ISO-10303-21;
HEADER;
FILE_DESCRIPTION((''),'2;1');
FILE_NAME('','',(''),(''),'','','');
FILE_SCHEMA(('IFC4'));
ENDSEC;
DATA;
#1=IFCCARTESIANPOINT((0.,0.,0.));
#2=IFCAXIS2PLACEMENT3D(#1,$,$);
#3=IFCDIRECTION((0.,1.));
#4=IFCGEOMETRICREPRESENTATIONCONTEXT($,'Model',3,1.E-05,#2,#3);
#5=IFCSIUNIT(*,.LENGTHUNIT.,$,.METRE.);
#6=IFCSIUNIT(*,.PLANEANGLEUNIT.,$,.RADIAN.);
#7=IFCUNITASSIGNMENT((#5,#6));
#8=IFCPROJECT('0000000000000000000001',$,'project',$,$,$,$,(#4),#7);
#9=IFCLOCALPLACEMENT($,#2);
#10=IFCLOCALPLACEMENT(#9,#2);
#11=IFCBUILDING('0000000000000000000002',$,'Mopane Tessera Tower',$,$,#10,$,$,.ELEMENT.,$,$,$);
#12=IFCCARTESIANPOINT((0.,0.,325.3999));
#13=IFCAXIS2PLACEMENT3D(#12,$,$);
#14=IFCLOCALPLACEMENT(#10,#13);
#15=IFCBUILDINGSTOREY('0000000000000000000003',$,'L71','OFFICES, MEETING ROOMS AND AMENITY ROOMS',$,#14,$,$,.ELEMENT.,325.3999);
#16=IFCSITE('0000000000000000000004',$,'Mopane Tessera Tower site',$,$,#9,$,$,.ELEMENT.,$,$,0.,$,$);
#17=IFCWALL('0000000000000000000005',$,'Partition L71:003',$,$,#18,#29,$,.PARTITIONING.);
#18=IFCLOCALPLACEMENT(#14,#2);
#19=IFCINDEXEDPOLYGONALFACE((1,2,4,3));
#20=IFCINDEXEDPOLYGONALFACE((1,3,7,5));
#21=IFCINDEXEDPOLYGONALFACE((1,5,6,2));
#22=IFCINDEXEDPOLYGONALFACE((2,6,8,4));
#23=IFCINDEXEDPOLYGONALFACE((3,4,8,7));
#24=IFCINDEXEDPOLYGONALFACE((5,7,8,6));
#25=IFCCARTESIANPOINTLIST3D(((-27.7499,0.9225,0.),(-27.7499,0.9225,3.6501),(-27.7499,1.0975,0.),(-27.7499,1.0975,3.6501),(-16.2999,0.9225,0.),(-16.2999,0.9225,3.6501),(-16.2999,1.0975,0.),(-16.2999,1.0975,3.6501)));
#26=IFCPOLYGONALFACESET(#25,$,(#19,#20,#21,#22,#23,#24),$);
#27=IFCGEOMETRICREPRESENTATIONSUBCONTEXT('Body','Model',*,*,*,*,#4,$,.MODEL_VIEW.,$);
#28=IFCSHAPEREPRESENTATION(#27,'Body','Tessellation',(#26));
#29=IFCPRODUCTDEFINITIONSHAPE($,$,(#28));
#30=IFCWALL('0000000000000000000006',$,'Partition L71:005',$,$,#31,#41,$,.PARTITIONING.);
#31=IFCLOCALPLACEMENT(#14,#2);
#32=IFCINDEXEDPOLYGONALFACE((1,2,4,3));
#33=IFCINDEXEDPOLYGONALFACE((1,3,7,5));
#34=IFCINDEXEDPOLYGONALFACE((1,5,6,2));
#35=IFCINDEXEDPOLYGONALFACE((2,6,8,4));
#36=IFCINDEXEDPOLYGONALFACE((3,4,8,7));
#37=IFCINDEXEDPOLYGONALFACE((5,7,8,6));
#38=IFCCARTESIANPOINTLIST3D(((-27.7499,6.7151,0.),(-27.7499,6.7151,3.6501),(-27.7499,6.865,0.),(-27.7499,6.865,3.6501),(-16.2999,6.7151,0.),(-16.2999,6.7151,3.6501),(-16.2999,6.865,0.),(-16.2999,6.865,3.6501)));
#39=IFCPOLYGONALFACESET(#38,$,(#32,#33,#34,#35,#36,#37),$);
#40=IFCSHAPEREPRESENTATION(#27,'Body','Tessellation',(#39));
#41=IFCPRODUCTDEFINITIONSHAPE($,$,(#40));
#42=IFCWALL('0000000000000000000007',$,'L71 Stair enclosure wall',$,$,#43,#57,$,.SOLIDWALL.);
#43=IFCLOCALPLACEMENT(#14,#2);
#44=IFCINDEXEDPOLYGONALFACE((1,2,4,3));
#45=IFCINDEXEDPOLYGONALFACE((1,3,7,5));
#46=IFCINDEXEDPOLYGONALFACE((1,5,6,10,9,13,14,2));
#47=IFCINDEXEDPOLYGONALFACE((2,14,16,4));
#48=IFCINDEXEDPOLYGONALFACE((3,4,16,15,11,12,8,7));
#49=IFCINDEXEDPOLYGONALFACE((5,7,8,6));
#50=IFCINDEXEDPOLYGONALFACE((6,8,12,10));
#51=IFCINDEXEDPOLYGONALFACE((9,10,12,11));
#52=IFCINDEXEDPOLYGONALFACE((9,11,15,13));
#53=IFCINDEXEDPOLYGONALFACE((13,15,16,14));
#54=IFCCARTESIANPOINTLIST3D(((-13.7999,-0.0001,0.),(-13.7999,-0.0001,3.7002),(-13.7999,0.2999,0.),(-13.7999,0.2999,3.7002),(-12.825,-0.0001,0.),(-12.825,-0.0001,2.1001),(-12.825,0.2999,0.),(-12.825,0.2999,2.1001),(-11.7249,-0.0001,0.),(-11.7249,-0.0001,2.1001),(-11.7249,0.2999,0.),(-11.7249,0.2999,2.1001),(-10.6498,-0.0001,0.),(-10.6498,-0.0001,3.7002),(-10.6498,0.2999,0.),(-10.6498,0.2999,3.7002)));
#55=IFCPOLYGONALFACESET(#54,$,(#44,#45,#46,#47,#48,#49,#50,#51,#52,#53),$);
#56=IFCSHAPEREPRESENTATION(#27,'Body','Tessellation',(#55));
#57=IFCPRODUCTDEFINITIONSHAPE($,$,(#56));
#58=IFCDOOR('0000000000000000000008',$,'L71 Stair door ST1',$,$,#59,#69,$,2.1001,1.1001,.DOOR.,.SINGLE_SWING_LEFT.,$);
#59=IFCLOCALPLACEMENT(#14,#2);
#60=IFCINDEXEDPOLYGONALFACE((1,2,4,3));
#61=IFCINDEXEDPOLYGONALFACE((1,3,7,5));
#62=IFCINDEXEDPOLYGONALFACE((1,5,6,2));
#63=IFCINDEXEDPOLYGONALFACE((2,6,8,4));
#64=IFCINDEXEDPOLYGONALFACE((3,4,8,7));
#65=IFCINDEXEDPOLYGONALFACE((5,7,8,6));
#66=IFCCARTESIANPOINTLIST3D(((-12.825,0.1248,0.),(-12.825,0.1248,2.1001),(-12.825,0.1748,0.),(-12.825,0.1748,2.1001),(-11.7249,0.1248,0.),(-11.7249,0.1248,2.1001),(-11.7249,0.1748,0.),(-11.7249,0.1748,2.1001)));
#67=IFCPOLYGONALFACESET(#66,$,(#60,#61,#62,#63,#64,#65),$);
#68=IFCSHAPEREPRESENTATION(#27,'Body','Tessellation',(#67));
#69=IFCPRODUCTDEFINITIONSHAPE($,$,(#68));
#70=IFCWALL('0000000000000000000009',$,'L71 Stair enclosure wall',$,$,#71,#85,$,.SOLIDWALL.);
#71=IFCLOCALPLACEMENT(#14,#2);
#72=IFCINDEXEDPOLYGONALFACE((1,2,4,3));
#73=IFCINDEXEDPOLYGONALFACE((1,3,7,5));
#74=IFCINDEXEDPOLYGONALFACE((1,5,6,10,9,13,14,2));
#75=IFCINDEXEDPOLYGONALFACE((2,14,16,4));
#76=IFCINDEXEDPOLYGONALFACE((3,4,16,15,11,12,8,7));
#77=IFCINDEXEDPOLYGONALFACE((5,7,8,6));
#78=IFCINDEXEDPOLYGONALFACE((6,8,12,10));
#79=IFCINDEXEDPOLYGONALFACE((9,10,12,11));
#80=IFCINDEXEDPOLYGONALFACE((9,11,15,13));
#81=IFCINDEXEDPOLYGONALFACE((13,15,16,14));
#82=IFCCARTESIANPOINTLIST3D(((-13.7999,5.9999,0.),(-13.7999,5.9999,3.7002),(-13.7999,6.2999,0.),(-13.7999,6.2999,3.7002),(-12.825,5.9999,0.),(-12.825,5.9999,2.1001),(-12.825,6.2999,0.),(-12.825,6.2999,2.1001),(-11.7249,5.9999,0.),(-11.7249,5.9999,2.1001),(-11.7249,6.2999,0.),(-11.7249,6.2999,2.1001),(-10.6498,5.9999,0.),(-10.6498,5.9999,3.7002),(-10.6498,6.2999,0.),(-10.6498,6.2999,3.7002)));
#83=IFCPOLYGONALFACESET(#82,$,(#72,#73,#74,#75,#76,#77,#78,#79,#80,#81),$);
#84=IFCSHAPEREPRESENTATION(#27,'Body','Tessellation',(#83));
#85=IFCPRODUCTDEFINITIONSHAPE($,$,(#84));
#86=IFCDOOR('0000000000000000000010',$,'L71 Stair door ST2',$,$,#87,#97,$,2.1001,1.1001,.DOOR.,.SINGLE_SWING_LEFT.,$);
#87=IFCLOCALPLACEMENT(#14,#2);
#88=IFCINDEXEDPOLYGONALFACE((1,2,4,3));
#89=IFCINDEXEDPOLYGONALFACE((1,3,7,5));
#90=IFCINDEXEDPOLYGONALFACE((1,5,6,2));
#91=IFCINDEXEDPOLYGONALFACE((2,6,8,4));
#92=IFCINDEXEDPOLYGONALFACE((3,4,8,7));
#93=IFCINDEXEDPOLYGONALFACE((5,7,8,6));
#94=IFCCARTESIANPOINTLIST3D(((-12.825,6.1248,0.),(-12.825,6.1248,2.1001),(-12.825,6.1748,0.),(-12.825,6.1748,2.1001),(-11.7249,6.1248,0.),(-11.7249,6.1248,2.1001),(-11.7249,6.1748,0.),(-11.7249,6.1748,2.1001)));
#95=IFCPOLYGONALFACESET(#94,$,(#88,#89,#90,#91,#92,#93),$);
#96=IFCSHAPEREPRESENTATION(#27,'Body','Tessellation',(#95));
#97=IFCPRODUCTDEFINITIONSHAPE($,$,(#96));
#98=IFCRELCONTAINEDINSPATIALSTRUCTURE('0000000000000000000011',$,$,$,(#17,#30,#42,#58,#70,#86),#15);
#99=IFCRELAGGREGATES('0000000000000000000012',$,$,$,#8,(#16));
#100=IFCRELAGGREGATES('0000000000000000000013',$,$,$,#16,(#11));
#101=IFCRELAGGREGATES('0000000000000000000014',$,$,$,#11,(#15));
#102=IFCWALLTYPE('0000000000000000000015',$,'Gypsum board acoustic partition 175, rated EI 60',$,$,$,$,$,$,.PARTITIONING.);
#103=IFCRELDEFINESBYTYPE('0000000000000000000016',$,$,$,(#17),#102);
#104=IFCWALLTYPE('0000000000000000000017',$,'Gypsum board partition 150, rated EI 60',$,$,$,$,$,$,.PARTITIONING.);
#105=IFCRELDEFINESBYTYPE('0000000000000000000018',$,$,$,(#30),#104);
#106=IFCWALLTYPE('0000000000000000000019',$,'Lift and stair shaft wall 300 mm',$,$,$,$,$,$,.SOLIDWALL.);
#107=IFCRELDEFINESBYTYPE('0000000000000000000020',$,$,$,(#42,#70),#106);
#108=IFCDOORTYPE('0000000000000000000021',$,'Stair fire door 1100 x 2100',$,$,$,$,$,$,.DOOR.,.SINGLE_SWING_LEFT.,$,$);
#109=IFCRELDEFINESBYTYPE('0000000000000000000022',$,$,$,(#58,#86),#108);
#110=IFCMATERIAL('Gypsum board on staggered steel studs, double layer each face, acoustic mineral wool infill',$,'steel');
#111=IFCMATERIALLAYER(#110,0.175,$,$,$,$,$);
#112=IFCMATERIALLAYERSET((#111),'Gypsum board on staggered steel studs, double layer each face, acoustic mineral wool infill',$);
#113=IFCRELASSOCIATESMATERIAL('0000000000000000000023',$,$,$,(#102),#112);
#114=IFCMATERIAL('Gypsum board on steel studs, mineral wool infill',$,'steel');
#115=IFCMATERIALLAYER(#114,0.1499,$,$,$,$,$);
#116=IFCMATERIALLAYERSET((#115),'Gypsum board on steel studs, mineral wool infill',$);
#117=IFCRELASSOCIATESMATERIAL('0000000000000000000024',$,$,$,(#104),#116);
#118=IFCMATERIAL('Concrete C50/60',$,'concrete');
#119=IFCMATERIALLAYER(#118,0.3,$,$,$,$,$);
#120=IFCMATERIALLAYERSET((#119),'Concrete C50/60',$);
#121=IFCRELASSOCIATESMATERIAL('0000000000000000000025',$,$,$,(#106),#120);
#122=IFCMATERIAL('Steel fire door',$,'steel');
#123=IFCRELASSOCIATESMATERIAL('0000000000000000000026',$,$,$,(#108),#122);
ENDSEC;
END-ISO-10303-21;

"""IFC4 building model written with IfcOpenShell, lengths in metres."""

from ifc_helpers import new_model, si_unit, direction, frame, frame_2d, origin, place, context, subcontext, project, spatial, rectangle, extrude, material, layer, layer_set, type_object, element, fill, save


model = new_model("IFC4")

# Units and contexts
model_context = context("Model", 3, precision=1e-05, world=origin(), true_north=direction((0.0, 1.0)))
body_context = subcontext(model_context, "Body", "Model", "MODEL_VIEW")
ifc_project = project(units=[si_unit("LENGTHUNIT", "METRE"), si_unit("PLANEANGLEUNIT", "RADIAN")], contexts=[model_context])

# Site, building, storey
site_placement = place(None, origin())
site = spatial("IfcSite", under=ifc_project, at=site_placement, Name="Mopane Tessera Tower site", CompositionType="ELEMENT", RefElevation=0.0)
building_placement = place(site_placement, origin())
building = spatial("IfcBuilding", under=site, at=building_placement, Name="Mopane Tessera Tower", CompositionType="ELEMENT")
storey_placement = place(building_placement, frame((0.0, 0.0, 325.3999)))
storey = spatial("IfcBuildingStorey", under=building, at=storey_placement, Name="L71", Description="OFFICES, MEETING ROOMS AND AMENITY ROOMS", CompositionType="ELEMENT", Elevation=325.3999)

# Walls
ifc_material_1 = material(Name="Gypsum board on staggered steel studs, double layer each face, acoustic mineral wool infill", Category="steel")
ifc_layer_1 = layer(ifc_material_1, 0.175)
ifc_layer_set_1 = layer_set([ifc_layer_1], Name="Gypsum board on staggered steel studs, double layer each face, acoustic mineral wool infill")
wall_type_1 = type_object("IfcWallType", Name="Gypsum board acoustic partition 175, rated EI 60", PredefinedType="PARTITIONING", material=ifc_layer_set_1)
wall_1_placement = place(storey_placement, frame((-27.75, 1.01, 0.0), z_axis=(0.0, 0.0, 1.0), x_axis=(1.0, 0.0, 0.0)))
element("IfcWall", 1, at=wall_1_placement, inside=storey, type_object=wall_type_1, Name="Partition L71:003", PredefinedType="PARTITIONING", context=body_context, shape_type="SweptSolid", body=[
    extrude(rectangle(XDim=11.45, YDim=0.175, at=frame_2d((5.7251, 0.0))), origin(), (0.0, 0.0, 1.0), 3.6501),
])
ifc_material_2 = material(Name="Gypsum board on steel studs, mineral wool infill", Category="steel")
ifc_layer_2 = layer(ifc_material_2, 0.1499)
ifc_layer_set_2 = layer_set([ifc_layer_2], Name="Gypsum board on steel studs, mineral wool infill")
wall_type_2 = type_object("IfcWallType", Name="Gypsum board partition 150, rated EI 60", PredefinedType="PARTITIONING", material=ifc_layer_set_2)
wall_2_placement = place(storey_placement, frame((-27.75, 6.79, 0.0), z_axis=(0.0, 0.0, 1.0), x_axis=(1.0, 0.0, 0.0)))
element("IfcWall", 2, at=wall_2_placement, inside=storey, type_object=wall_type_2, Name="Partition L71:005", PredefinedType="PARTITIONING", context=body_context, shape_type="SweptSolid", body=[
    extrude(rectangle(XDim=11.45, YDim=0.1499, at=frame_2d((5.7251, 0.0))), origin(), (0.0, 0.0, 1.0), 3.6501),
])

# Walls, openings, doors
ifc_material_3 = material(Name="Concrete C50/60", Category="concrete")
ifc_layer_3 = layer(ifc_material_3, 0.3)
ifc_layer_set_3 = layer_set([ifc_layer_3], Name="Concrete C50/60")
wall_type_3 = type_object("IfcWallType", Name="Lift and stair shaft wall 300 mm", PredefinedType="SOLIDWALL", material=ifc_layer_set_3)
wall_3_placement = place(storey_placement, frame((-13.8, 0.1499, 0.0), z_axis=(0.0, 0.0, 1.0), x_axis=(1.0, 0.0, 0.0)))
wall_3 = element("IfcWall", 3, at=wall_3_placement, inside=storey, type_object=wall_type_3, Name="L71 Stair enclosure wall", PredefinedType="SOLIDWALL", context=body_context, shape_type="SweptSolid", body=[
    extrude(rectangle(XDim=3.1501, YDim=0.3, at=frame_2d((1.5752, 0.0))), origin(), (0.0, 0.0, 1.0), 3.7002),
])
opening_1_placement = place(wall_3_placement, frame((0.9751, 0.0, 0.0)))
opening_1 = element("IfcOpeningElement", 4, at=opening_1_placement, cuts=wall_3, PredefinedType="OPENING", context=body_context, shape_type="SweptSolid", body=[
    extrude(rectangle(XDim=1.1001, YDim=2.1001, at=frame_2d((0.55, 1.05))), frame((0.0, 0.1621, 0.0), z_axis=(0.0, -1.0, 0.0), x_axis=(1.0, 0.0, 0.0)), (0.0, 0.0, 1.0), 0.324),
])
ifc_material_4 = material(Name="Steel fire door", Category="steel")
door_type_1 = type_object("IfcDoorType", Name="Stair fire door 1100 x 2100", OperationType="SINGLE_SWING_LEFT", PredefinedType="DOOR", material=ifc_material_4)
door_1_placement = place(opening_1_placement, origin())
door_1 = element("IfcDoor", 5, at=door_1_placement, inside=storey, type_object=door_type_1, Name="L71 Stair door ST1", OperationType="SINGLE_SWING_LEFT", OverallHeight=2.1001, OverallWidth=1.1001, PredefinedType="DOOR", context=body_context, shape_type="SweptSolid", body=[
    extrude(rectangle(XDim=1.1001, YDim=2.1001, at=frame_2d((0.55, 1.05))), frame((0.0, 0.0249, 0.0), z_axis=(0.0, -1.0, 0.0), x_axis=(1.0, 0.0, 0.0)), (0.0, 0.0, 1.0), 0.05),
])
fill(opening_1, door_1)
wall_4_placement = place(storey_placement, frame((-13.8, 6.1499, 0.0), z_axis=(0.0, 0.0, 1.0), x_axis=(1.0, 0.0, 0.0)))
wall_4 = element("IfcWall", 6, at=wall_4_placement, inside=storey, type_object=wall_type_3, Name="L71 Stair enclosure wall", PredefinedType="SOLIDWALL", context=body_context, shape_type="SweptSolid", body=[
    extrude(rectangle(XDim=3.1501, YDim=0.3, at=frame_2d((1.5752, 0.0))), origin(), (0.0, 0.0, 1.0), 3.7002),
])
opening_2_placement = place(wall_4_placement, frame((0.9751, 0.0, 0.0)))
opening_2 = element("IfcOpeningElement", 7, at=opening_2_placement, cuts=wall_4, PredefinedType="OPENING", context=body_context, shape_type="SweptSolid", body=[
    extrude(rectangle(XDim=1.1001, YDim=2.1001, at=frame_2d((0.55, 1.05))), frame((0.0, 0.1621, 0.0), z_axis=(0.0, -1.0, 0.0), x_axis=(1.0, 0.0, 0.0)), (0.0, 0.0, 1.0), 0.324),
])
door_2_placement = place(opening_2_placement, origin())
door_2 = element("IfcDoor", 8, at=door_2_placement, inside=storey, type_object=door_type_1, Name="L71 Stair door ST2", OperationType="SINGLE_SWING_LEFT", OverallHeight=2.1001, OverallWidth=1.1001, PredefinedType="DOOR", context=body_context, shape_type="SweptSolid", body=[
    extrude(rectangle(XDim=1.1001, YDim=2.1001, at=frame_2d((0.55, 1.05))), frame((0.0, 0.0249, 0.0), z_axis=(0.0, -1.0, 0.0), x_axis=(1.0, 0.0, 0.0)), (0.0, 0.0, 1.0), 0.05),
])
fill(opening_2, door_2)

save(model, "model.ifc")
